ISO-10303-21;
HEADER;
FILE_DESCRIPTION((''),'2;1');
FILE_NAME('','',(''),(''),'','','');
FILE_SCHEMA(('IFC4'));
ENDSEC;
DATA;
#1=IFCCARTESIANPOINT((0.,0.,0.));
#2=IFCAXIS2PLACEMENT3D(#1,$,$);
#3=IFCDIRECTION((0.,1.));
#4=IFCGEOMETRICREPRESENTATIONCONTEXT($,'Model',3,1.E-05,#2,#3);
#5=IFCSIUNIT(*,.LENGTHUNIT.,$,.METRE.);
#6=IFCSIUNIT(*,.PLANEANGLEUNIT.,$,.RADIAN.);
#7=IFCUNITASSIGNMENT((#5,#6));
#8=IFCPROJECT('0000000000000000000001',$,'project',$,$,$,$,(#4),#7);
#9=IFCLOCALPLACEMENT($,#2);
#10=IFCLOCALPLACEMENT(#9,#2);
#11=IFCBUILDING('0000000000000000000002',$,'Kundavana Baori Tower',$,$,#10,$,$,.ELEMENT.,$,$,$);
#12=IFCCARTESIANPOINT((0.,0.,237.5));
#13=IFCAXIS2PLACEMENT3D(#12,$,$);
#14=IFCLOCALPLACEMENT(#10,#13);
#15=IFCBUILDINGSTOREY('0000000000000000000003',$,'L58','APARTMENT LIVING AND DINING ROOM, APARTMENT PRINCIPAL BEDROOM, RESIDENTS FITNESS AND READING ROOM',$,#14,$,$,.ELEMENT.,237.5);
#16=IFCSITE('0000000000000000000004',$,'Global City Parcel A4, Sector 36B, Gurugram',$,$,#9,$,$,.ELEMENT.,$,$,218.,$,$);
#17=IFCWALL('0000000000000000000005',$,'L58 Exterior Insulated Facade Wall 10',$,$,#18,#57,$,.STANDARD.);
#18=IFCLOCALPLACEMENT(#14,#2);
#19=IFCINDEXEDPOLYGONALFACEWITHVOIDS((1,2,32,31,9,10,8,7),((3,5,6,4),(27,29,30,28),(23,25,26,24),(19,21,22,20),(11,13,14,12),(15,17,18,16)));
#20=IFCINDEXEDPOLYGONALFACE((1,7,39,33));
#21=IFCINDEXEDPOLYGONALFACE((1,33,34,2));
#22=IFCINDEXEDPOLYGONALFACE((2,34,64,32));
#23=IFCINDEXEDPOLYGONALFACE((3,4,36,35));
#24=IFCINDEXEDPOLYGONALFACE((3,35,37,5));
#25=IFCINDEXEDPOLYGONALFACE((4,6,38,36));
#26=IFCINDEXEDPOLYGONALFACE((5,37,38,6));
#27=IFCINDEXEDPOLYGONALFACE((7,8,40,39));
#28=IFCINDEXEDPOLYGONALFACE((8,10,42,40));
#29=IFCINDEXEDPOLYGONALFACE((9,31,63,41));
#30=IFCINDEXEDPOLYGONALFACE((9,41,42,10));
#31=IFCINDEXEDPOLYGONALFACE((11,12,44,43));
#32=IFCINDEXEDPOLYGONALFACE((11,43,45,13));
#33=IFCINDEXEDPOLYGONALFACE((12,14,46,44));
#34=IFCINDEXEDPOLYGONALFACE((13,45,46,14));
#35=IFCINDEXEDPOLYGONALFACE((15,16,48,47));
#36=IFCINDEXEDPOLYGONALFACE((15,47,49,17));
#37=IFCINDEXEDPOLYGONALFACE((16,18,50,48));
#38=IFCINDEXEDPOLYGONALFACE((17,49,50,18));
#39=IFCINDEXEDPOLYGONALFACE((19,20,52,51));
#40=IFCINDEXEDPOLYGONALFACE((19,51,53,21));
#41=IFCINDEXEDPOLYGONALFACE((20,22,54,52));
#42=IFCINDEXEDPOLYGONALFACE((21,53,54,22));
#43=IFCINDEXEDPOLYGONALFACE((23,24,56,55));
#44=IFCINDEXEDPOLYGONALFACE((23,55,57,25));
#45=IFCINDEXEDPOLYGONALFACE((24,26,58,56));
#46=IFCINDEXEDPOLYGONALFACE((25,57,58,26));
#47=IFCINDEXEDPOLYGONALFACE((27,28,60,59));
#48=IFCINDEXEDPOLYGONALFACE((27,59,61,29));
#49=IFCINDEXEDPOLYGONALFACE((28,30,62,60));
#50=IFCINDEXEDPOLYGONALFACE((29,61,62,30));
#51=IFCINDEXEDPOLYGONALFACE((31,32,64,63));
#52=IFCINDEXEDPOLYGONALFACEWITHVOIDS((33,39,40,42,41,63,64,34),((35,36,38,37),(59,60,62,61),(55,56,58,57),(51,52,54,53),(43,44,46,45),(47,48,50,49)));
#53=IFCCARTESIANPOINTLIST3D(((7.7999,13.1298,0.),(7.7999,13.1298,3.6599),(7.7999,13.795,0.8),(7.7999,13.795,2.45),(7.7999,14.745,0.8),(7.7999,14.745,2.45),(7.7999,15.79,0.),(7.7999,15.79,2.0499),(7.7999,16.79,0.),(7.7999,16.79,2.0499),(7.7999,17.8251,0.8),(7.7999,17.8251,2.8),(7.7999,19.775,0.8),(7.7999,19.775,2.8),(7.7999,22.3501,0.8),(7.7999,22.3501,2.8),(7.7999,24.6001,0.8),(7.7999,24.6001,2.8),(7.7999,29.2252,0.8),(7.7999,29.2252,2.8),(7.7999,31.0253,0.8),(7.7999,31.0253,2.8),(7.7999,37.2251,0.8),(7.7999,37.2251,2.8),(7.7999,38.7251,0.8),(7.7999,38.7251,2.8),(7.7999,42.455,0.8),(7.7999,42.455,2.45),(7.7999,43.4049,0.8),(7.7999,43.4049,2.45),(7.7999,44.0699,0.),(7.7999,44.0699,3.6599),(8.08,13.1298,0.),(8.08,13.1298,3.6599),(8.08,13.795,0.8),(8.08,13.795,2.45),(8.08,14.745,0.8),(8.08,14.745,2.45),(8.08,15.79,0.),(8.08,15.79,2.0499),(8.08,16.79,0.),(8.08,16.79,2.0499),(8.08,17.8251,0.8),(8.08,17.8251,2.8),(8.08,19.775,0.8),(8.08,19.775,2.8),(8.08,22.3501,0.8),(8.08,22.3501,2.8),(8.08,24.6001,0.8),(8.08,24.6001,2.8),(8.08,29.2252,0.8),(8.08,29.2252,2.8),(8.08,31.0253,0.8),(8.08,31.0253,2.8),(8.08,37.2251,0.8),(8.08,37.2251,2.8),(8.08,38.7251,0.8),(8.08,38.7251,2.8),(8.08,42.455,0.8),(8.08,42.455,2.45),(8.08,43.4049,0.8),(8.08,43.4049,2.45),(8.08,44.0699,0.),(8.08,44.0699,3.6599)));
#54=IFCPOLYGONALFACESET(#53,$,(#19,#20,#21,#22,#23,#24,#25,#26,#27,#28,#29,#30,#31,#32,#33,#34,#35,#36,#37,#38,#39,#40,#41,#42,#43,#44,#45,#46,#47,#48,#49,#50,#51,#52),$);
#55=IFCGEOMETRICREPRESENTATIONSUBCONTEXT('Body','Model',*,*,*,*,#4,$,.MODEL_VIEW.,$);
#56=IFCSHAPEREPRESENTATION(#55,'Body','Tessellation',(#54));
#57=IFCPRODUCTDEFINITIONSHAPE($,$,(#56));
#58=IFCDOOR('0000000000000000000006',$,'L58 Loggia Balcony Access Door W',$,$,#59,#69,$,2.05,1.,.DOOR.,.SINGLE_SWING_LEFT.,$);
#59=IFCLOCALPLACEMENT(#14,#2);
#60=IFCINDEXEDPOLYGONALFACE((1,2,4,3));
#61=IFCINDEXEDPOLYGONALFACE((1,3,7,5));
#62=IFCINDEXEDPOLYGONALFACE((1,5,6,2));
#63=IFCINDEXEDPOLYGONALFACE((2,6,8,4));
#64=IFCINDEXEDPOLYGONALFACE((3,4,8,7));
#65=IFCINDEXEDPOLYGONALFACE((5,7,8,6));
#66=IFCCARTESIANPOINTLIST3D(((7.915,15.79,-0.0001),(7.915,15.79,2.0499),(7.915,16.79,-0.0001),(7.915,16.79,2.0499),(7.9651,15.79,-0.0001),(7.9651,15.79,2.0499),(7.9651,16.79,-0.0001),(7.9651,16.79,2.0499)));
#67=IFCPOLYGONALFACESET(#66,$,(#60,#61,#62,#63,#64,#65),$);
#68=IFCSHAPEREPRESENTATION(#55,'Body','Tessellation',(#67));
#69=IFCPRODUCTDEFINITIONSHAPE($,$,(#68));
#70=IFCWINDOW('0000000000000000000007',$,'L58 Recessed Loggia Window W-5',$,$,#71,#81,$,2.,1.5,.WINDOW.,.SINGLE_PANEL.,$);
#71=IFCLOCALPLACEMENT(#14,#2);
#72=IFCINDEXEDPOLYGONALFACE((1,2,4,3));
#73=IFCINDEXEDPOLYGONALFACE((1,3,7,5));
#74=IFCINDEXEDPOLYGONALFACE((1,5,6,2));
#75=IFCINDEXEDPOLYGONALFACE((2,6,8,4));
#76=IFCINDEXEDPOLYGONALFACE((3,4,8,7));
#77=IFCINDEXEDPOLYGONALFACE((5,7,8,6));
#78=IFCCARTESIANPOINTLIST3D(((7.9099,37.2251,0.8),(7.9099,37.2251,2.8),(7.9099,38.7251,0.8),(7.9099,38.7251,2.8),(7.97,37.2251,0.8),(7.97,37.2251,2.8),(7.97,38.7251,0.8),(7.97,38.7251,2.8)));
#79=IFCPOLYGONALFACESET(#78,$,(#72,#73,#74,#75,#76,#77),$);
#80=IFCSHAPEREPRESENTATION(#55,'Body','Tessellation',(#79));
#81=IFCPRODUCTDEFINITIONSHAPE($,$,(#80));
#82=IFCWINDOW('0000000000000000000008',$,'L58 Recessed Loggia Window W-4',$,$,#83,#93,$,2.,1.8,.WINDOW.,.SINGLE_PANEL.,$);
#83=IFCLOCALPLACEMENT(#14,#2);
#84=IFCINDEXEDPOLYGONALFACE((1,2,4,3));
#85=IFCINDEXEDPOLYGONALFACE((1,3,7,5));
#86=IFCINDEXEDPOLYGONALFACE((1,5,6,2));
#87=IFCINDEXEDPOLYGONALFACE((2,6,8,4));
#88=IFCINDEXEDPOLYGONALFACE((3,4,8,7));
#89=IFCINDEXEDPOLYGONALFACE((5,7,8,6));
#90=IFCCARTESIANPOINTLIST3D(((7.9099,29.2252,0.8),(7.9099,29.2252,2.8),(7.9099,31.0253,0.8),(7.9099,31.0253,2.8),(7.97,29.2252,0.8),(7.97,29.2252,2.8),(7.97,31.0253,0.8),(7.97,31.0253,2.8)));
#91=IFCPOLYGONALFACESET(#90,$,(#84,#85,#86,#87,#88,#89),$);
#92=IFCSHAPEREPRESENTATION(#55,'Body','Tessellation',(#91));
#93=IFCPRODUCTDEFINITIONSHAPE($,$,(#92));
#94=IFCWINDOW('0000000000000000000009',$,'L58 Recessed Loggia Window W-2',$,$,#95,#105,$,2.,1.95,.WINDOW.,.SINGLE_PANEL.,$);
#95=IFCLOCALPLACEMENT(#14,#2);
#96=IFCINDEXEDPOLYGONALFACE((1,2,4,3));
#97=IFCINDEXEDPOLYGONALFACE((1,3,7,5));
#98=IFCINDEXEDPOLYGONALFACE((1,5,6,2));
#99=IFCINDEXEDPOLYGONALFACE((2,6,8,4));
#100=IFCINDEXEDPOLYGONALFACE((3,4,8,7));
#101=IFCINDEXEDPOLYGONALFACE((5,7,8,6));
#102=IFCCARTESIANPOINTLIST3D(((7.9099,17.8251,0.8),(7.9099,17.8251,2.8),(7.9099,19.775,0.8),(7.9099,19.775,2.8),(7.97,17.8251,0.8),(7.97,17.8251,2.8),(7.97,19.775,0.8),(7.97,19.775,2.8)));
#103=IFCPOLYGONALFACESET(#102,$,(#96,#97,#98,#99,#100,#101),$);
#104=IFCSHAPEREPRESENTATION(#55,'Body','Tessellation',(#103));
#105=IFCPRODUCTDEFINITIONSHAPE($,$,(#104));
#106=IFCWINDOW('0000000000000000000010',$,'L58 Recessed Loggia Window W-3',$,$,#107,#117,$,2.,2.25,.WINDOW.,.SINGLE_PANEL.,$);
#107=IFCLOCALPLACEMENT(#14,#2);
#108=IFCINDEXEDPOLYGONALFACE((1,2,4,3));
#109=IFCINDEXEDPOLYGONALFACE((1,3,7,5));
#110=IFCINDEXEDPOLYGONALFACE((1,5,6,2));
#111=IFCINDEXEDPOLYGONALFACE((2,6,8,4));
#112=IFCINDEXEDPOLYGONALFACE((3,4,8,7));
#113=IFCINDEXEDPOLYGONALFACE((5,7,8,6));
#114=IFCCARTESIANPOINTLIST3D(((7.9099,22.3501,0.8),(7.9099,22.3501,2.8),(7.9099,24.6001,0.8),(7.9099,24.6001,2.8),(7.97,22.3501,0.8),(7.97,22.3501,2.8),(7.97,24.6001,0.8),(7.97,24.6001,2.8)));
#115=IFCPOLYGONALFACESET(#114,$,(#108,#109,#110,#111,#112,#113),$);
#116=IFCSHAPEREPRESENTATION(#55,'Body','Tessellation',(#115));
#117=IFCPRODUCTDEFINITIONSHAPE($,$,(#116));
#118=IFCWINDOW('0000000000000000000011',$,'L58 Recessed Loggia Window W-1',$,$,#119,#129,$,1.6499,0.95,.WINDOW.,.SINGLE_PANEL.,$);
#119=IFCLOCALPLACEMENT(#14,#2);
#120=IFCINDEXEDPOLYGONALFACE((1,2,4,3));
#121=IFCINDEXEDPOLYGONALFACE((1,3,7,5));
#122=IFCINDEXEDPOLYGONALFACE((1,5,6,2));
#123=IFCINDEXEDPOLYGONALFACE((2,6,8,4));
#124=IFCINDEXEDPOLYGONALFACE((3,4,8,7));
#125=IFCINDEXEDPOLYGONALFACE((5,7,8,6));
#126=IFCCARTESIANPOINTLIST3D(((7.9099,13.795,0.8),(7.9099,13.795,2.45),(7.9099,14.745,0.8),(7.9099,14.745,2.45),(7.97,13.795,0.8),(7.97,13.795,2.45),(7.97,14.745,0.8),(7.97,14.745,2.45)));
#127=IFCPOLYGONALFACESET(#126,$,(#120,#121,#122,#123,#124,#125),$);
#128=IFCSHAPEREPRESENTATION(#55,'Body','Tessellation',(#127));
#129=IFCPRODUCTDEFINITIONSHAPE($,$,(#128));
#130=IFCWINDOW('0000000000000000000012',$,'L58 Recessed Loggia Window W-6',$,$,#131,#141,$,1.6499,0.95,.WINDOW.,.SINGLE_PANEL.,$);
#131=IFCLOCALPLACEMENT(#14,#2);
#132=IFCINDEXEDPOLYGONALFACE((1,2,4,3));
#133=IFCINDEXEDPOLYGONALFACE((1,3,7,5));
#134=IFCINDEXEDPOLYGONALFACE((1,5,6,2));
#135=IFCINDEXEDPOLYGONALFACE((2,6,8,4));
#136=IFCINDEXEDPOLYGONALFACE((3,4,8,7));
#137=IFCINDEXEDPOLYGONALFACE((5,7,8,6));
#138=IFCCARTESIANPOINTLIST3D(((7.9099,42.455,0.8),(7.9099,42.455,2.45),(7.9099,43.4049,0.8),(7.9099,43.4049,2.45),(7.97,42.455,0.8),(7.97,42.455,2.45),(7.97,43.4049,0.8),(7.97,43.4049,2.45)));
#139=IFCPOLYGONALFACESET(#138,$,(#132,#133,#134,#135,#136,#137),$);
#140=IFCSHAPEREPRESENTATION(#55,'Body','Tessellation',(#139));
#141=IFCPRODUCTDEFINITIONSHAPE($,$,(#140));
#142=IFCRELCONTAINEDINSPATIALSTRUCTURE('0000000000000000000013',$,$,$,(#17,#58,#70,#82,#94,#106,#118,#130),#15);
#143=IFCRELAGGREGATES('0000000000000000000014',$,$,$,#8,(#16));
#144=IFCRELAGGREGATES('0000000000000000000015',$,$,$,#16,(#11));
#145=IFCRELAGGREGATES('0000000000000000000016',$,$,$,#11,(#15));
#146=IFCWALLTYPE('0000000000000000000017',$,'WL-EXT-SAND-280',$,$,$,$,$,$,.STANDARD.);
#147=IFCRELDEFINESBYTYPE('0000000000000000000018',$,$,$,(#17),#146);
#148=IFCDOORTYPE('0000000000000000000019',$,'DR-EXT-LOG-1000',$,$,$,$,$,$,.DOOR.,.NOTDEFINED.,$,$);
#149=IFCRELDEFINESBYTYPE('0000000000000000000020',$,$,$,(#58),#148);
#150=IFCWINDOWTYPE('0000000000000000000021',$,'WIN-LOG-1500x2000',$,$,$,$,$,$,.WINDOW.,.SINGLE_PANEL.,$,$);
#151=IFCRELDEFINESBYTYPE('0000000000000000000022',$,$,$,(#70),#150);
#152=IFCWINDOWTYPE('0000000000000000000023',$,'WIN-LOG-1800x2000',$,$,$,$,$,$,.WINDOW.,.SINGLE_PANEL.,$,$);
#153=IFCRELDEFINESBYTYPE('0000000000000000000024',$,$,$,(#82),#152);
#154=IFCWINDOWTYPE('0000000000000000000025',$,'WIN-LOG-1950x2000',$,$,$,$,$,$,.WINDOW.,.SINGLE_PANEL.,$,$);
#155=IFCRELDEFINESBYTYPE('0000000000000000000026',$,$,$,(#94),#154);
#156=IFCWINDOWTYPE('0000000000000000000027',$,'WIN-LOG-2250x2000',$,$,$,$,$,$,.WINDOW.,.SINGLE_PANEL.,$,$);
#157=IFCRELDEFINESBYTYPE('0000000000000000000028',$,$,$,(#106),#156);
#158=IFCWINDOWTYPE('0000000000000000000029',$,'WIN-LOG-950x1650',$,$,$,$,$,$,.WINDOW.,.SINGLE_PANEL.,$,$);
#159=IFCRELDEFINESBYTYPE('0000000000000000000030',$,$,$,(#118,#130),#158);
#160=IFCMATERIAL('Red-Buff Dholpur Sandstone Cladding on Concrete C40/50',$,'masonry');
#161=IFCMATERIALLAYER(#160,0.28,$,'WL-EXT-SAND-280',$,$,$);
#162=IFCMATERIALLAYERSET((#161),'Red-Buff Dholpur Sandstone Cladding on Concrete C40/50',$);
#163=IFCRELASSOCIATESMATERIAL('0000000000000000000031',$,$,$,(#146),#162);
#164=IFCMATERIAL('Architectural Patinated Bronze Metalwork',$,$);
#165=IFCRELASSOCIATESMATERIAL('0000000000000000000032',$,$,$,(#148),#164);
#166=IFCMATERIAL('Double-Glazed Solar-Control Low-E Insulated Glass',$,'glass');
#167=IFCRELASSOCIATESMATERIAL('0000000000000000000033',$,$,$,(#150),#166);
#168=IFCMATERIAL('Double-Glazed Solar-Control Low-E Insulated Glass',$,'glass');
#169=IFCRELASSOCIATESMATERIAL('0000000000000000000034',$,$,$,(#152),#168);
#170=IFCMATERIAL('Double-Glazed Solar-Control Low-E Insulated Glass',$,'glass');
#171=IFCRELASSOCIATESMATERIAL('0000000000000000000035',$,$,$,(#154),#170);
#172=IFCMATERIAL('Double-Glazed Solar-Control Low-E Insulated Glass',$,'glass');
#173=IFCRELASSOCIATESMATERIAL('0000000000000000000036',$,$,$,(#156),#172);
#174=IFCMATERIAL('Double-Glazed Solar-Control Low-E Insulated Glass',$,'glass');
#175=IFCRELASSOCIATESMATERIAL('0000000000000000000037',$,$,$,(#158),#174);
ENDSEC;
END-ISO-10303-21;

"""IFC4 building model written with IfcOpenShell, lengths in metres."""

from ifc_helpers import new_model, si_unit, direction, frame, frame_2d, origin, place, context, subcontext, project, spatial, rectangle, extrude, material, layer, layer_set, type_object, element, fill, save


model = new_model("IFC4")

# Units and contexts
model_context = context("Model", 3, precision=1e-05, world=origin(), true_north=direction((0.0, 1.0)))
body_context = subcontext(model_context, "Body", "Model", "MODEL_VIEW")
ifc_project = project(units=[si_unit("LENGTHUNIT", "METRE"), si_unit("PLANEANGLEUNIT", "RADIAN")], contexts=[model_context])

# Site, building, storey
site_placement = place(None, origin())
site = spatial("IfcSite", under=ifc_project, at=site_placement, Name="Global City Parcel A4, Sector 36B, Gurugram", CompositionType="ELEMENT", RefElevation=218.0)
building_placement = place(site_placement, origin())
building = spatial("IfcBuilding", under=site, at=building_placement, Name="Kundavana Baori Tower", CompositionType="ELEMENT")
storey_placement = place(building_placement, frame((0.0, 0.0, 237.5)))
storey = spatial("IfcBuildingStorey", under=building, at=storey_placement, Name="L58", Description="APARTMENT LIVING AND DINING ROOM, APARTMENT PRINCIPAL BEDROOM, RESIDENTS FITNESS AND READING ROOM", CompositionType="ELEMENT", Elevation=237.5)

# Shared definitions
ifc_material_1 = material(Name="Red-Buff Dholpur Sandstone Cladding on Concrete C40/50", Category="masonry")
ifc_layer_1 = layer(ifc_material_1, 0.28, Name="WL-EXT-SAND-280")
ifc_layer_set_1 = layer_set([ifc_layer_1], Name="Red-Buff Dholpur Sandstone Cladding on Concrete C40/50")
wall_type_1 = type_object("IfcWallType", Name="WL-EXT-SAND-280", PredefinedType="STANDARD", material=ifc_layer_set_1)

# Wall, openings, door, windows
wall_1_placement = place(storey_placement, frame((7.9399, 44.0701, 0.0), z_axis=(0.0, 0.0, 1.0), x_axis=(0.0, -1.0, 0.0)))
wall_1 = element("IfcWall", 1, at=wall_1_placement, inside=storey, type_object=wall_type_1, Name="L58 Exterior Insulated Facade Wall 10", PredefinedType="STANDARD", context=body_context, shape_type="SweptSolid", body=[
    extrude(rectangle(XDim=30.9402, YDim=0.28, at=frame_2d((15.4702, 0.0))), origin(), (0.0, 0.0, 1.0), 3.6599),
])
opening_1_placement = place(wall_1_placement, frame((29.325, 0.0, 0.8)))
opening_1 = element("IfcOpeningElement", 2, at=opening_1_placement, cuts=wall_1, PredefinedType="OPENING", context=body_context, shape_type="SweptSolid", body=[
    extrude(rectangle(XDim=0.95, YDim=1.6499, at=frame_2d((0.4751, 0.825))), frame((0.0, 0.1499, 0.0), z_axis=(0.0, -1.0, 0.0), x_axis=(1.0, 0.0, 0.0)), (0.0, 0.0, 1.0), 0.3),
])
opening_2_placement = place(wall_1_placement, frame((27.28, 0.0, 0.0)))
opening_2 = element("IfcOpeningElement", 3, at=opening_2_placement, cuts=wall_1, PredefinedType="OPENING", context=body_context, shape_type="SweptSolid", body=[
    extrude(rectangle(XDim=1.0, YDim=2.05, at=frame_2d((0.5, 1.0249))), frame((0.0, 0.1499, 0.0), z_axis=(0.0, -1.0, 0.0), x_axis=(1.0, 0.0, 0.0)), (0.0, 0.0, 1.0), 0.3),
])
opening_3_placement = place(wall_1_placement, frame((24.2949, 0.0, 0.8)))
opening_3 = element("IfcOpeningElement", 4, at=opening_3_placement, cuts=wall_1, PredefinedType="OPENING", context=body_context, shape_type="SweptSolid", body=[
    extrude(rectangle(XDim=1.95, YDim=2.0, at=frame_2d((0.9751, 1.0))), frame((0.0, 0.1499, 0.0), z_axis=(0.0, -1.0, 0.0), x_axis=(1.0, 0.0, 0.0)), (0.0, 0.0, 1.0), 0.3),
])
opening_4_placement = place(wall_1_placement, frame((19.47, 0.0, 0.8)))
opening_4 = element("IfcOpeningElement", 5, at=opening_4_placement, cuts=wall_1, PredefinedType="OPENING", context=body_context, shape_type="SweptSolid", body=[
    extrude(rectangle(XDim=2.25, YDim=2.0, at=frame_2d((1.125, 1.0))), frame((0.0, 0.1499, 0.0), z_axis=(0.0, -1.0, 0.0), x_axis=(1.0, 0.0, 0.0)), (0.0, 0.0, 1.0), 0.3),
])
opening_5_placement = place(wall_1_placement, frame((13.0449, 0.0, 0.8)))
opening_5 = element("IfcOpeningElement", 6, at=opening_5_placement, cuts=wall_1, PredefinedType="OPENING", context=body_context, shape_type="SweptSolid", body=[
    extrude(rectangle(XDim=1.8, YDim=2.0, at=frame_2d((0.8999, 1.0))), frame((0.0, 0.1499, 0.0), z_axis=(0.0, -1.0, 0.0), x_axis=(1.0, 0.0, 0.0)), (0.0, 0.0, 1.0), 0.3),
])
opening_6_placement = place(wall_1_placement, frame((5.345, 0.0, 0.8)))
opening_6 = element("IfcOpeningElement", 7, at=opening_6_placement, cuts=wall_1, PredefinedType="OPENING", context=body_context, shape_type="SweptSolid", body=[
    extrude(rectangle(XDim=1.5, YDim=2.0, at=frame_2d((0.75, 1.0))), frame((0.0, 0.1499, 0.0), z_axis=(0.0, -1.0, 0.0), x_axis=(1.0, 0.0, 0.0)), (0.0, 0.0, 1.0), 0.3),
])
opening_7_placement = place(wall_1_placement, frame((0.665, 0.0, 0.8)))
opening_7 = element("IfcOpeningElement", 8, at=opening_7_placement, cuts=wall_1, PredefinedType="OPENING", context=body_context, shape_type="SweptSolid", body=[
    extrude(rectangle(XDim=0.95, YDim=1.6499, at=frame_2d((0.4751, 0.825))), frame((0.0, 0.1499, 0.0), z_axis=(0.0, -1.0, 0.0), x_axis=(1.0, 0.0, 0.0)), (0.0, 0.0, 1.0), 0.3),
])
ifc_material_2 = material(Name="Architectural Patinated Bronze Metalwork")
door_type_1 = type_object("IfcDoorType", Name="DR-EXT-LOG-1000", OperationType="NOTDEFINED", PredefinedType="DOOR", material=ifc_material_2)
door_1_placement = place(opening_2_placement, frame((1.0, 0.0, 0.0), z_axis=(0.0, 0.0, 1.0), x_axis=(-1.0, 0.0, 0.0)))
door_1 = element("IfcDoor", 9, at=door_1_placement, inside=storey, type_object=door_type_1, Name="L58 Loggia Balcony Access Door W", OperationType="SINGLE_SWING_LEFT", OverallHeight=2.05, OverallWidth=1.0, PredefinedType="DOOR", context=body_context, shape_type="SweptSolid", body=[
    extrude(rectangle(XDim=1.0, YDim=2.05, at=frame_2d((0.5, 1.0249))), frame((0.0, 0.0249, 0.0), z_axis=(0.0, -1.0, 0.0), x_axis=(1.0, 0.0, 0.0)), (0.0, 0.0, 1.0), 0.05),
])
fill(opening_2, door_1)
ifc_material_3 = material(Name="Double-Glazed Solar-Control Low-E Insulated Glass", Category="glass")
window_type_1 = type_object("IfcWindowType", Name="WIN-LOG-1500x2000", PartitioningType="SINGLE_PANEL", PredefinedType="WINDOW", material=ifc_material_3)
window_1_placement = place(opening_6_placement, origin())
window_1 = element("IfcWindow", 10, at=window_1_placement, inside=storey, type_object=window_type_1, Name="L58 Recessed Loggia Window W-5", OverallHeight=2.0, OverallWidth=1.5, PartitioningType="SINGLE_PANEL", PredefinedType="WINDOW", context=body_context, shape_type="SweptSolid", body=[
    extrude(rectangle(XDim=1.5, YDim=2.0, at=frame_2d((0.75, 1.0))), frame((0.0, 0.03, 0.0), z_axis=(0.0, -1.0, 0.0), x_axis=(1.0, 0.0, 0.0)), (0.0, 0.0, 1.0), 0.0601),
])
fill(opening_6, window_1)
ifc_material_4 = material(Name="Double-Glazed Solar-Control Low-E Insulated Glass", Category="glass")
window_type_2 = type_object("IfcWindowType", Name="WIN-LOG-1800x2000", PartitioningType="SINGLE_PANEL", PredefinedType="WINDOW", material=ifc_material_4)
window_2_placement = place(opening_5_placement, origin())
window_2 = element("IfcWindow", 11, at=window_2_placement, inside=storey, type_object=window_type_2, Name="L58 Recessed Loggia Window W-4", OverallHeight=2.0, OverallWidth=1.8, PartitioningType="SINGLE_PANEL", PredefinedType="WINDOW", context=body_context, shape_type="SweptSolid", body=[
    extrude(rectangle(XDim=1.8, YDim=2.0, at=frame_2d((0.8999, 1.0))), frame((0.0, 0.03, 0.0), z_axis=(0.0, -1.0, 0.0), x_axis=(1.0, 0.0, 0.0)), (0.0, 0.0, 1.0), 0.0601),
])
fill(opening_5, window_2)
ifc_material_5 = material(Name="Double-Glazed Solar-Control Low-E Insulated Glass", Category="glass")
window_type_3 = type_object("IfcWindowType", Name="WIN-LOG-1950x2000", PartitioningType="SINGLE_PANEL", PredefinedType="WINDOW", material=ifc_material_5)
window_3_placement = place(opening_3_placement, origin())
window_3 = element("IfcWindow", 12, at=window_3_placement, inside=storey, type_object=window_type_3, Name="L58 Recessed Loggia Window W-2", OverallHeight=2.0, OverallWidth=1.95, PartitioningType="SINGLE_PANEL", PredefinedType="WINDOW", context=body_context, shape_type="SweptSolid", body=[
    extrude(rectangle(XDim=1.95, YDim=2.0, at=frame_2d((0.9751, 1.0))), frame((0.0, 0.03, 0.0), z_axis=(0.0, -1.0, 0.0), x_axis=(1.0, 0.0, 0.0)), (0.0, 0.0, 1.0), 0.0601),
])
fill(opening_3, window_3)
ifc_material_6 = material(Name="Double-Glazed Solar-Control Low-E Insulated Glass", Category="glass")
window_type_4 = type_object("IfcWindowType", Name="WIN-LOG-2250x2000", PartitioningType="SINGLE_PANEL", PredefinedType="WINDOW", material=ifc_material_6)
window_4_placement = place(opening_4_placement, origin())
window_4 = element("IfcWindow", 13, at=window_4_placement, inside=storey, type_object=window_type_4, Name="L58 Recessed Loggia Window W-3", OverallHeight=2.0, OverallWidth=2.25, PartitioningType="SINGLE_PANEL", PredefinedType="WINDOW", context=body_context, shape_type="SweptSolid", body=[
    extrude(rectangle(XDim=2.25, YDim=2.0, at=frame_2d((1.125, 1.0))), frame((0.0, 0.03, 0.0), z_axis=(0.0, -1.0, 0.0), x_axis=(1.0, 0.0, 0.0)), (0.0, 0.0, 1.0), 0.0601),
])
fill(opening_4, window_4)
ifc_material_7 = material(Name="Double-Glazed Solar-Control Low-E Insulated Glass", Category="glass")
window_type_5 = type_object("IfcWindowType", Name="WIN-LOG-950x1650", PartitioningType="SINGLE_PANEL", PredefinedType="WINDOW", material=ifc_material_7)
window_5_placement = place(opening_1_placement, origin())
window_5 = element("IfcWindow", 14, at=window_5_placement, inside=storey, type_object=window_type_5, Name="L58 Recessed Loggia Window W-1", OverallHeight=1.6499, OverallWidth=0.95, PartitioningType="SINGLE_PANEL", PredefinedType="WINDOW", context=body_context, shape_type="SweptSolid", body=[
    extrude(rectangle(XDim=0.95, YDim=1.6499, at=frame_2d((0.4751, 0.825))), frame((0.0, 0.03, 0.0), z_axis=(0.0, -1.0, 0.0), x_axis=(1.0, 0.0, 0.0)), (0.0, 0.0, 1.0), 0.0601),
])
fill(opening_1, window_5)
window_6_placement = place(opening_7_placement, origin())
window_6 = element("IfcWindow", 15, at=window_6_placement, inside=storey, type_object=window_type_5, Name="L58 Recessed Loggia Window W-6", OverallHeight=1.6499, OverallWidth=0.95, PartitioningType="SINGLE_PANEL", PredefinedType="WINDOW", context=body_context, shape_type="SweptSolid", body=[
    extrude(rectangle(XDim=0.95, YDim=1.6499, at=frame_2d((0.4751, 0.825))), frame((0.0, 0.03, 0.0), z_axis=(0.0, -1.0, 0.0), x_axis=(1.0, 0.0, 0.0)), (0.0, 0.0, 1.0), 0.0601),
])
fill(opening_7, window_6)

save(model, "model.ifc")
